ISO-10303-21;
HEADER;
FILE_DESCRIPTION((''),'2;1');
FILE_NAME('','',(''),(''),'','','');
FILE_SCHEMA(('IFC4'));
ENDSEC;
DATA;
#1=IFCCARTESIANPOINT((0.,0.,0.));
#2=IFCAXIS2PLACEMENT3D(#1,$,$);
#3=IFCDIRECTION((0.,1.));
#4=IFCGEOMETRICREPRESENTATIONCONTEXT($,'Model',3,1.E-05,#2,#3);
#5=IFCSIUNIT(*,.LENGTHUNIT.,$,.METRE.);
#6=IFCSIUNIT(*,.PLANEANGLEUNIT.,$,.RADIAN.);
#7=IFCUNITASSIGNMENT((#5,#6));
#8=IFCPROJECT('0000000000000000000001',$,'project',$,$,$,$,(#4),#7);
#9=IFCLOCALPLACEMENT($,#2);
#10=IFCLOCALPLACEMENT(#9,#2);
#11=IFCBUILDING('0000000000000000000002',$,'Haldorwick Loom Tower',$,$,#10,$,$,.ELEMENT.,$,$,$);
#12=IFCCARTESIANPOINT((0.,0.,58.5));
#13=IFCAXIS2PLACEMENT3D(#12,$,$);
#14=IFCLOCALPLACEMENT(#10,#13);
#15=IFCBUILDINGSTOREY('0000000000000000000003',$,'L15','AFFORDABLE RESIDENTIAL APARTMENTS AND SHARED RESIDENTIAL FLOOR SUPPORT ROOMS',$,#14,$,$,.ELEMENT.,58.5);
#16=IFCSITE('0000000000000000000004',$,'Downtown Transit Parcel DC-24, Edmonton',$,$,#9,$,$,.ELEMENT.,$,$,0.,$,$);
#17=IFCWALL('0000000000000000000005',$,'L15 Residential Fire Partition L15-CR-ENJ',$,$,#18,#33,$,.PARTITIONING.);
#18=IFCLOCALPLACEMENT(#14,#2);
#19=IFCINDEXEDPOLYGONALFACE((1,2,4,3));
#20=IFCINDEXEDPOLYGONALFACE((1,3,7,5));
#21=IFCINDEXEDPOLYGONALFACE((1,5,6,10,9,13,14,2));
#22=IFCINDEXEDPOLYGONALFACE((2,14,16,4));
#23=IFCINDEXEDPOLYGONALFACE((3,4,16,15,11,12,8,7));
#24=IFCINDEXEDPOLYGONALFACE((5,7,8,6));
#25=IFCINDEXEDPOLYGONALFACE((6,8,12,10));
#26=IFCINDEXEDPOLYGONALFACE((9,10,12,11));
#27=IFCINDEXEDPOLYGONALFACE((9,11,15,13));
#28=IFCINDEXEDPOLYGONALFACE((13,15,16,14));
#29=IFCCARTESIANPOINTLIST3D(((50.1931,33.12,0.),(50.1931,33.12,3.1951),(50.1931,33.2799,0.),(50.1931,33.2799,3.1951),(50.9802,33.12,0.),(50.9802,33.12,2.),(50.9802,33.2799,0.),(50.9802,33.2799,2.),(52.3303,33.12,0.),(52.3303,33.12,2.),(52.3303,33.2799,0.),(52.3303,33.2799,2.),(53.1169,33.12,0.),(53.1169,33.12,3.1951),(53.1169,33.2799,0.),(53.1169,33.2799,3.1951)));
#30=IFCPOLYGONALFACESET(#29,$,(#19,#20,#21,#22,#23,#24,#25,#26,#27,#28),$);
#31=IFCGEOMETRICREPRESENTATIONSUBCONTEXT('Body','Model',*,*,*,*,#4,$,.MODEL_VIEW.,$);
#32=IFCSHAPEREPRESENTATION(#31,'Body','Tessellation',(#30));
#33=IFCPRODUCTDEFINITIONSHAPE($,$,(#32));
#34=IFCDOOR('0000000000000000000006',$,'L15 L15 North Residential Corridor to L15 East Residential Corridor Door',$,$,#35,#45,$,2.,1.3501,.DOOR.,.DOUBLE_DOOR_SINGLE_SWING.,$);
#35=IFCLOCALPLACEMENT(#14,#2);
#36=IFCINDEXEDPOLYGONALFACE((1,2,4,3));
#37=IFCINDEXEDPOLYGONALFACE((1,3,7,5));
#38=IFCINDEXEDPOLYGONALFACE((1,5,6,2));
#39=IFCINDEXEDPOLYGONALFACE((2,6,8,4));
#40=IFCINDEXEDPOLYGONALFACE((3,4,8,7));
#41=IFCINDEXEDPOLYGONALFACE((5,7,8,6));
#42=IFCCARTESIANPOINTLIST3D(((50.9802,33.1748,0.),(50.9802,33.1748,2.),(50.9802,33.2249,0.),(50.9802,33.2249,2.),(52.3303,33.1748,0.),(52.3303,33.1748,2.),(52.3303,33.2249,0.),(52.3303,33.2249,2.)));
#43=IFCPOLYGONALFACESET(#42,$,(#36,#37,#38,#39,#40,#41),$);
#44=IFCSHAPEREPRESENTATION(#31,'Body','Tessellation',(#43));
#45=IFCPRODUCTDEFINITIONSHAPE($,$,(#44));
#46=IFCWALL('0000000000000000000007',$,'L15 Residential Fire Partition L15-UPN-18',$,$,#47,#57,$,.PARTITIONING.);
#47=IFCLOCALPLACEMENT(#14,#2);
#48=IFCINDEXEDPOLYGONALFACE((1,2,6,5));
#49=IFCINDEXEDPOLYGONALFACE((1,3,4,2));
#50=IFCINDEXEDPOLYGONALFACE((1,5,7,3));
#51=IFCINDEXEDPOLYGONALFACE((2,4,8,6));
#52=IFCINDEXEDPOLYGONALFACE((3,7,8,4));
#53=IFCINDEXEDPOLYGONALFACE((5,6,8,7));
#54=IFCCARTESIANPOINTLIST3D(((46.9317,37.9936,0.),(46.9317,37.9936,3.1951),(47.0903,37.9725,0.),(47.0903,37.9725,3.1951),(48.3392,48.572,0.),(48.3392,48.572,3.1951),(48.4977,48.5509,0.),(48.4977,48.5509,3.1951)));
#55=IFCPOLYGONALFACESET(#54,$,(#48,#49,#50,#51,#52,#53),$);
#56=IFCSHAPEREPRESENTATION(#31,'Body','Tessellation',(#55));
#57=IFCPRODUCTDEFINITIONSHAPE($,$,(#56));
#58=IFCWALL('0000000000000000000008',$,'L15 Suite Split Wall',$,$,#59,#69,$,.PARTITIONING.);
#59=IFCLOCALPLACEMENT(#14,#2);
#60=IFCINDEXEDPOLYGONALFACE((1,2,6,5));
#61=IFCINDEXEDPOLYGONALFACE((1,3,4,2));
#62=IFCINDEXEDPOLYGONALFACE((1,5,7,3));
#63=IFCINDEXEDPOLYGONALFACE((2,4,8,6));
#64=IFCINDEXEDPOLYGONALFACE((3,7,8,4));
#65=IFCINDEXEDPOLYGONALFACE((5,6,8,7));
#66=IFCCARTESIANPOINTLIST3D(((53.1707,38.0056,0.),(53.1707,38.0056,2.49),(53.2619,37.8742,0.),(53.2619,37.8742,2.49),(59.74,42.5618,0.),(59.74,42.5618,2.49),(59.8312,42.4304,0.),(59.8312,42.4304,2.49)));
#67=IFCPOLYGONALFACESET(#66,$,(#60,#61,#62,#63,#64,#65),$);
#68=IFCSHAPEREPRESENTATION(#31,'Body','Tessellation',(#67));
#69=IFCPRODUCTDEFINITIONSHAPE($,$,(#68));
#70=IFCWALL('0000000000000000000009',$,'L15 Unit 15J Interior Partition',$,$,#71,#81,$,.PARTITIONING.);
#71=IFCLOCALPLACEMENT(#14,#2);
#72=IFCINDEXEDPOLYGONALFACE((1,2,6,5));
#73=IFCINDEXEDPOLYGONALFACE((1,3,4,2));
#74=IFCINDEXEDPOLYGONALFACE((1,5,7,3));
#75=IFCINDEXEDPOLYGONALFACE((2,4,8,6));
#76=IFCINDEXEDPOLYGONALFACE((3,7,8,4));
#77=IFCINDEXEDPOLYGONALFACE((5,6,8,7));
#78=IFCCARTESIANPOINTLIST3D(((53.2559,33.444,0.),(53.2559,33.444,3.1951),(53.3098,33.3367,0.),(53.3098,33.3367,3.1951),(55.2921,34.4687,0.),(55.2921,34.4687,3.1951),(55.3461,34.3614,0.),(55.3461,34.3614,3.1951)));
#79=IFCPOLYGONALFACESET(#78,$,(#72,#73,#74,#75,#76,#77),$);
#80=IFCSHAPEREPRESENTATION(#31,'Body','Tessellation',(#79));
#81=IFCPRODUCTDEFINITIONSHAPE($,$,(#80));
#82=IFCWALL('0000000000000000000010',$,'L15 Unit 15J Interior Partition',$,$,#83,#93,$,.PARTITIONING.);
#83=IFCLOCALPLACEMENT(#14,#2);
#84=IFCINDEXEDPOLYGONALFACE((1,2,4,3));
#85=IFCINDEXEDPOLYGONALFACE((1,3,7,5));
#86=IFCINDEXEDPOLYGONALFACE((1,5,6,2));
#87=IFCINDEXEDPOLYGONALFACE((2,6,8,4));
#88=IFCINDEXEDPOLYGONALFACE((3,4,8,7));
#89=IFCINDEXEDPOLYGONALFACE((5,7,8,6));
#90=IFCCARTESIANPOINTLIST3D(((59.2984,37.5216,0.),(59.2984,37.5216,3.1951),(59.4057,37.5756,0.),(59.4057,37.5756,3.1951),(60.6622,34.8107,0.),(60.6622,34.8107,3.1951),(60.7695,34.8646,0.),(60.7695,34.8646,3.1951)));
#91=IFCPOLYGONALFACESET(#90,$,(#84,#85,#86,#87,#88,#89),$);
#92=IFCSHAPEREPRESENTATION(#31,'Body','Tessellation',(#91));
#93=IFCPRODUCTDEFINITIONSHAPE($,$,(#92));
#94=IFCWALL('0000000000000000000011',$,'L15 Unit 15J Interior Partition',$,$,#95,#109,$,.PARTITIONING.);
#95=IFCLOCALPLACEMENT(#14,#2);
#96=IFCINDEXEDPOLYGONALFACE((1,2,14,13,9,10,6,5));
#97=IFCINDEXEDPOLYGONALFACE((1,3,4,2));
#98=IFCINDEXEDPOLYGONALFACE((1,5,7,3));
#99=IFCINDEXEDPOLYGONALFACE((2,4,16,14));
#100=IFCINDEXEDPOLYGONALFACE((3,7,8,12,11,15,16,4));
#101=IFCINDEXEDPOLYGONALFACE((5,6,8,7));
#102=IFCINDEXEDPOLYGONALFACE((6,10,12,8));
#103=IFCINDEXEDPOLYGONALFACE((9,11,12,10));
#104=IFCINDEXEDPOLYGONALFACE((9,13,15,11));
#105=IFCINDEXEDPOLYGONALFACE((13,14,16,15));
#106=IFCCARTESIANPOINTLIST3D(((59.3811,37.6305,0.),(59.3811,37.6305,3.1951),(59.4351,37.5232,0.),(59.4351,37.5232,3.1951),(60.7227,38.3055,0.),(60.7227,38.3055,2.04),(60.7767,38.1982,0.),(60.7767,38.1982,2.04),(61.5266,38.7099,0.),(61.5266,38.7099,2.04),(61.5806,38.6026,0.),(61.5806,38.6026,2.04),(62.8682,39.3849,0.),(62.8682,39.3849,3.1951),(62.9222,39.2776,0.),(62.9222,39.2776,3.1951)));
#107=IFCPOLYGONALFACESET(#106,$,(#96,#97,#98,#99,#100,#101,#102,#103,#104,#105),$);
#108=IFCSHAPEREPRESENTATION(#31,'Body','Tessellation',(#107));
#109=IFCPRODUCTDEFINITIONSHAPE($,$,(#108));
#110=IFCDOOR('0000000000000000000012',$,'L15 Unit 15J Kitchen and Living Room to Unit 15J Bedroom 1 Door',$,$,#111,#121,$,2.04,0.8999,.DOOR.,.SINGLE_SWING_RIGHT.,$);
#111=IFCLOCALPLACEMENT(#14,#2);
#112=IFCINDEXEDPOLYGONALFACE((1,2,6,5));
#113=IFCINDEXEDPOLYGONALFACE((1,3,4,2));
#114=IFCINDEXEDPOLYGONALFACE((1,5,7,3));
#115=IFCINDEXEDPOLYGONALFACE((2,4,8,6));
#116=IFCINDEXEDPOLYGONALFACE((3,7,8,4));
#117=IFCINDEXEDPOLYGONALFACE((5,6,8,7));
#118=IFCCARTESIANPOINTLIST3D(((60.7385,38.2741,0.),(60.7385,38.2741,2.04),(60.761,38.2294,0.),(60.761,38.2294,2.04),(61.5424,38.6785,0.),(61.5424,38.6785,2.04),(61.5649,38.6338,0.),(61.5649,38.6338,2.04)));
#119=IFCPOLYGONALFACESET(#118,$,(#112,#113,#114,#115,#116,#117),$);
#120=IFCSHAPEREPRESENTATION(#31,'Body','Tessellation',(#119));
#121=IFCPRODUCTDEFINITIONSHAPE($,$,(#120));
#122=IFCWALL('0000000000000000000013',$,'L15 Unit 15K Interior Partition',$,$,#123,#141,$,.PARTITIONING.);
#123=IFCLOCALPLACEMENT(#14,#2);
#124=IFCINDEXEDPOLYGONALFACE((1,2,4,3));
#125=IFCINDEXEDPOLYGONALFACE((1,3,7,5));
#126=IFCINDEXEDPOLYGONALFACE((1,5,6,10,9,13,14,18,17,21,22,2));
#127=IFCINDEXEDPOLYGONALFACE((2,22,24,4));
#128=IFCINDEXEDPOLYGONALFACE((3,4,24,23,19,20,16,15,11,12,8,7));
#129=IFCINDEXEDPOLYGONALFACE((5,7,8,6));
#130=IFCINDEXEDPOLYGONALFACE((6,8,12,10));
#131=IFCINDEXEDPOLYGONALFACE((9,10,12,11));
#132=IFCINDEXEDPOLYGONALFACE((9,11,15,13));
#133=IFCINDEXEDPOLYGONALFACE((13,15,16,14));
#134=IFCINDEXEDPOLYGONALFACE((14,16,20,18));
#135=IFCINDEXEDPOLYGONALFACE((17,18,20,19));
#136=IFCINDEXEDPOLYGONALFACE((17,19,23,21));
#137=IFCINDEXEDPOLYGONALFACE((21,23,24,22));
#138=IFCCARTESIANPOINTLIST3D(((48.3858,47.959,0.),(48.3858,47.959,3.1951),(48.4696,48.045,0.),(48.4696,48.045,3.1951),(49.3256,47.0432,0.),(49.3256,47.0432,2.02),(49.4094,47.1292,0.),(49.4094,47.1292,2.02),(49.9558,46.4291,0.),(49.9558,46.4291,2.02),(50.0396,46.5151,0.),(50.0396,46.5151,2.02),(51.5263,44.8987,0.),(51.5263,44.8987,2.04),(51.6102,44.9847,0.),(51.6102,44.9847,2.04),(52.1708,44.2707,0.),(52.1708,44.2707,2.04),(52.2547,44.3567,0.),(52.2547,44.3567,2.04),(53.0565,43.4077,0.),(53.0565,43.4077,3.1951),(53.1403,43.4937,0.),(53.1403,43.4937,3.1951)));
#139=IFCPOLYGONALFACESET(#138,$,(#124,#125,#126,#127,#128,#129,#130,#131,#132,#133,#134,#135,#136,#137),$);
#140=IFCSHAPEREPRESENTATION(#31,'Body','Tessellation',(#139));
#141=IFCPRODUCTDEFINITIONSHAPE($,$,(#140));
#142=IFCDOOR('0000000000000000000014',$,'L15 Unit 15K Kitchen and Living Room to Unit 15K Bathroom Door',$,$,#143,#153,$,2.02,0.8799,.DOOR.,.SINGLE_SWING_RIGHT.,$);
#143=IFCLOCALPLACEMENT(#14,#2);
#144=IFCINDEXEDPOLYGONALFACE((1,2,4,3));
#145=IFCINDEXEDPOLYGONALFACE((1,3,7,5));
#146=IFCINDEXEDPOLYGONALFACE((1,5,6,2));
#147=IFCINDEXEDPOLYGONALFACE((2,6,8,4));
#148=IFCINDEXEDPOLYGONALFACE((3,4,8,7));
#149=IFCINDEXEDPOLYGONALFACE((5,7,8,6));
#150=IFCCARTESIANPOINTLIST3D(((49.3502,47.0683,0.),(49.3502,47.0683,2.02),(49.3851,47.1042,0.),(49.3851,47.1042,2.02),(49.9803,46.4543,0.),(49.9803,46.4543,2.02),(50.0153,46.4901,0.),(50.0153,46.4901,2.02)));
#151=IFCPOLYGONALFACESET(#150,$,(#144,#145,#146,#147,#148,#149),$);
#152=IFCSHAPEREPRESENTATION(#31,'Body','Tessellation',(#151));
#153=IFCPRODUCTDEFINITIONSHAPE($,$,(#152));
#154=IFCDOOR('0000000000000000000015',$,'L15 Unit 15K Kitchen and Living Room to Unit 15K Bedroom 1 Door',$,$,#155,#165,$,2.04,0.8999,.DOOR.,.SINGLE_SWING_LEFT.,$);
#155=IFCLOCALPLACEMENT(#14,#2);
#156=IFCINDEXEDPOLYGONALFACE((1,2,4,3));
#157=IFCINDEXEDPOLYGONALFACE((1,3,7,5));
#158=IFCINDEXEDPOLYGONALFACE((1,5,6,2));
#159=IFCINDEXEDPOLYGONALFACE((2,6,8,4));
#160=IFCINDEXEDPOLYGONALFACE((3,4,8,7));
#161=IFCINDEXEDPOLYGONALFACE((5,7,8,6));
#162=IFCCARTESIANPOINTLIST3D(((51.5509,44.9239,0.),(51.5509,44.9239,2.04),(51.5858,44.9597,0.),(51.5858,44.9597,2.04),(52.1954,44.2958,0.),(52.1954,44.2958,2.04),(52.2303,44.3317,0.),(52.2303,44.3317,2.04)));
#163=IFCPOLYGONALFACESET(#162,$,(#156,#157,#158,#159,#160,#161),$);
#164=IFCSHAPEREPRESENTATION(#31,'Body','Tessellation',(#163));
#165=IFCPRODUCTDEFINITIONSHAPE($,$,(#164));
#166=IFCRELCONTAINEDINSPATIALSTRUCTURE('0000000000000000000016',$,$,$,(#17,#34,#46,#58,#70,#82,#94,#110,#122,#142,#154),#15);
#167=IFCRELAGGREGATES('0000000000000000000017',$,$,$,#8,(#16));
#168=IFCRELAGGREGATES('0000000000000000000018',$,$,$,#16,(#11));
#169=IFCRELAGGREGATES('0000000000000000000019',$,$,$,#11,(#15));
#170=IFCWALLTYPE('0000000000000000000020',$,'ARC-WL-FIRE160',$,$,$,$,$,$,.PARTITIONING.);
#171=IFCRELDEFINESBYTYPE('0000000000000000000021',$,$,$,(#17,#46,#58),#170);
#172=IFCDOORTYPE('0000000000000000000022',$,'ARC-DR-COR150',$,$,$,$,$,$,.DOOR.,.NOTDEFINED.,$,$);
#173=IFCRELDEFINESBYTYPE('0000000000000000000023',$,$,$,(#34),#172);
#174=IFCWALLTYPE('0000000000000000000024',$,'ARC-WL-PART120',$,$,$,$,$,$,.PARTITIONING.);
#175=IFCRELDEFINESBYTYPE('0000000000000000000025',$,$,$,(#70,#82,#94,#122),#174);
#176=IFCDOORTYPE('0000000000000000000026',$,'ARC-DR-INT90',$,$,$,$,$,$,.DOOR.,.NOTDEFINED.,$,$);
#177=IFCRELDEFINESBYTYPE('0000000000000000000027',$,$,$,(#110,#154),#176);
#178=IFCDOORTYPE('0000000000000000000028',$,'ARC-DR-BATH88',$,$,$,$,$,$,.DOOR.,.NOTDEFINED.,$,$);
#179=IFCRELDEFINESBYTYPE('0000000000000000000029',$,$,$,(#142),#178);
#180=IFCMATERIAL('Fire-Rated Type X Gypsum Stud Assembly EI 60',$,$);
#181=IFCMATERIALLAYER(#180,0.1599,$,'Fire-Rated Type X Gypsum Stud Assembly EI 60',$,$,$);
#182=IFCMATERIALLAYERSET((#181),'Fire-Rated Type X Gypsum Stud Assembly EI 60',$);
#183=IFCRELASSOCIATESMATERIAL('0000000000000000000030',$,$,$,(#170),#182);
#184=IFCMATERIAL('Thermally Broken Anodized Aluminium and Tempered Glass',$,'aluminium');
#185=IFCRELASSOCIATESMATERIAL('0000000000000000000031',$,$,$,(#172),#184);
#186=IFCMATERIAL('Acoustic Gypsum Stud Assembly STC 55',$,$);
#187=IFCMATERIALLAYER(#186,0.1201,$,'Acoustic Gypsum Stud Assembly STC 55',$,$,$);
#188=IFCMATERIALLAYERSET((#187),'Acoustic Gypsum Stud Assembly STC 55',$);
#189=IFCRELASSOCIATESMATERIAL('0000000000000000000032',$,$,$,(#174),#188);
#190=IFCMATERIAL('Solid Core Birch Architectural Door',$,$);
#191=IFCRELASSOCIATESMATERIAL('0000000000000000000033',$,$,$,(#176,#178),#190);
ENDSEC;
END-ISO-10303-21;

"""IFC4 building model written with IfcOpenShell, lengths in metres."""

from ifc_helpers import new_model, si_unit, direction, frame, frame_2d, origin, place, context, subcontext, project, spatial, rectangle, extrude, material, layer, layer_set, type_object, element, fill, save


model = new_model("IFC4")

# Units and contexts
model_context = context("Model", 3, precision=1e-05, world=origin(), true_north=direction((0.0, 1.0)))
body_context = subcontext(model_context, "Body", "Model", "MODEL_VIEW")
ifc_project = project(units=[si_unit("LENGTHUNIT", "METRE"), si_unit("PLANEANGLEUNIT", "RADIAN")], contexts=[model_context])

# Site, building, storey
site_placement = place(None, origin())
site = spatial("IfcSite", under=ifc_project, at=site_placement, Name="Downtown Transit Parcel DC-24, Edmonton", CompositionType="ELEMENT", RefElevation=0.0)
building_placement = place(site_placement, origin())
building = spatial("IfcBuilding", under=site, at=building_placement, Name="Haldorwick Loom Tower", CompositionType="ELEMENT")
storey_placement = place(building_placement, frame((0.0, 0.0, 58.5)))
storey = spatial("IfcBuildingStorey", under=building, at=storey_placement, Name="L15", Description="AFFORDABLE RESIDENTIAL APARTMENTS AND SHARED RESIDENTIAL FLOOR SUPPORT ROOMS", CompositionType="ELEMENT", Elevation=58.5)

# Wall, opening, door
ifc_material_1 = material(Name="Fire-Rated Type X Gypsum Stud Assembly EI 60")
ifc_layer_1 = layer(ifc_material_1, 0.1599, Name="Fire-Rated Type X Gypsum Stud Assembly EI 60")
ifc_layer_set_1 = layer_set([ifc_layer_1], Name="Fire-Rated Type X Gypsum Stud Assembly EI 60")
wall_type_1 = type_object("IfcWallType", Name="ARC-WL-FIRE160", PredefinedType="PARTITIONING", material=ifc_layer_set_1)
wall_1_placement = place(storey_placement, frame((50.1931, 33.2, 0.0), z_axis=(0.0, 0.0, 1.0), x_axis=(1.0, 0.0, 0.0)))
wall_1 = element("IfcWall", 1, at=wall_1_placement, inside=storey, type_object=wall_type_1, Name="L15 Residential Fire Partition L15-CR-ENJ", PredefinedType="PARTITIONING", context=body_context, shape_type="SweptSolid", body=[
    extrude(rectangle(XDim=2.9238, YDim=0.1599, at=frame_2d((1.4619, 0.0))), origin(), (0.0, 0.0, 1.0), 3.1951),
])
opening_1_placement = place(wall_1_placement, frame((0.7871, 0.0, 0.0)))
opening_1 = element("IfcOpeningElement", 2, at=opening_1_placement, cuts=wall_1, PredefinedType="OPENING", context=body_context, shape_type="SweptSolid", body=[
    extrude(rectangle(XDim=1.3501, YDim=2.0, at=frame_2d((0.675, 1.0))), frame((0.0, 0.0898, 0.0), z_axis=(0.0, -1.0, 0.0), x_axis=(1.0, 0.0, 0.0)), (0.0, 0.0, 1.0), 0.1799),
])
ifc_material_2 = material(Name="Thermally Broken Anodized Aluminium and Tempered Glass", Category="aluminium")
door_type_1 = type_object("IfcDoorType", Name="ARC-DR-COR150", OperationType="NOTDEFINED", PredefinedType="DOOR", material=ifc_material_2)
door_1_placement = place(opening_1_placement, origin())
door_1 = element("IfcDoor", 3, at=door_1_placement, inside=storey, type_object=door_type_1, Name="L15 L15 North Residential Corridor to L15 East Residential Corridor Door", OperationType="DOUBLE_DOOR_SINGLE_SWING", OverallHeight=2.0, OverallWidth=1.3501, PredefinedType="DOOR", context=body_context, shape_type="SweptSolid", body=[
    extrude(rectangle(XDim=1.3501, YDim=2.0, at=frame_2d((0.675, 1.0))), frame((0.0, 0.0249, 0.0), z_axis=(0.0, -1.0, 0.0), x_axis=(1.0, 0.0, 0.0)), (0.0, 0.0, 1.0), 0.05),
])
fill(opening_1, door_1)

# Walls
wall_2_placement = place(storey_placement, frame((47.011, 37.9829, 0.0), z_axis=(0.0, 0.0, 1.0), x_axis=(0.131889, 0.991264, 0.0)))
element("IfcWall", 4, at=wall_2_placement, inside=storey, type_object=wall_type_1, Name="L15 Residential Fire Partition L15-UPN-18", PredefinedType="PARTITIONING", context=body_context, shape_type="SweptSolid", body=[
    extrude(rectangle(XDim=10.6716, YDim=0.1599, at=frame_2d((5.3359, 0.0))), origin(), (0.0, 0.0, 1.0), 3.1951),
])
wall_3_placement = place(storey_placement, frame((53.2163, 37.9399, 0.0), z_axis=(0.0, 0.0, 1.0), x_axis=(0.821715, 0.569899, 0.0)))
element("IfcWall", 5, at=wall_3_placement, inside=storey, type_object=wall_type_1, Name="L15 Suite Split Wall", PredefinedType="PARTITIONING", context=body_context, shape_type="SweptSolid", body=[
    extrude(rectangle(XDim=7.9946, YDim=0.1599, at=frame_2d((3.9973, 0.0))), origin(), (0.0, 0.0, 1.0), 2.49),
])
ifc_material_3 = material(Name="Acoustic Gypsum Stud Assembly STC 55")
ifc_layer_2 = layer(ifc_material_3, 0.1201, Name="Acoustic Gypsum Stud Assembly STC 55")
ifc_layer_set_2 = layer_set([ifc_layer_2], Name="Acoustic Gypsum Stud Assembly STC 55")
wall_type_2 = type_object("IfcWallType", Name="ARC-WL-PART120", PredefinedType="PARTITIONING", material=ifc_layer_set_2)
wall_4_placement = place(storey_placement, frame((53.283, 33.3904, 0.0), z_axis=(0.0, 0.0, 1.0), x_axis=(0.893267, 0.449526, 0.0)))
element("IfcWall", 6, at=wall_4_placement, inside=storey, type_object=wall_type_2, Name="L15 Unit 15J Interior Partition", PredefinedType="PARTITIONING", context=body_context, shape_type="SweptSolid", body=[
    extrude(rectangle(XDim=2.2795, YDim=0.1201, at=frame_2d((1.1396, 0.0))), origin(), (0.0, 0.0, 1.0), 3.1951),
])
wall_5_placement = place(storey_placement, frame((60.7158, 34.8376, 0.0), z_axis=(0.0, 0.0, 1.0), x_axis=(-0.449401, 0.89333, 0.0)))
element("IfcWall", 7, at=wall_5_placement, inside=storey, type_object=wall_type_2, Name="L15 Unit 15J Interior Partition", PredefinedType="PARTITIONING", context=body_context, shape_type="SweptSolid", body=[
    extrude(rectangle(XDim=3.0347, YDim=0.1201, at=frame_2d((1.5173, 0.0))), origin(), (0.0, 0.0, 1.0), 3.1951),
])

# Wall, opening, door
wall_6_placement = place(storey_placement, frame((59.4082, 37.5769, 0.0), z_axis=(0.0, 0.0, 1.0), x_axis=(0.893311, 0.449439, 0.0)))
wall_6 = element("IfcWall", 8, at=wall_6_placement, inside=storey, type_object=wall_type_2, Name="L15 Unit 15J Interior Partition", PredefinedType="PARTITIONING", context=body_context, shape_type="SweptSolid", body=[
    extrude(rectangle(XDim=3.9036, YDim=0.1201, at=frame_2d((1.9517, 0.0))), origin(), (0.0, 0.0, 1.0), 3.1951),
])
opening_2_placement = place(wall_6_placement, frame((1.5017, 0.0, 0.0)))
opening_2 = element("IfcOpeningElement", 9, at=opening_2_placement, cuts=wall_6, PredefinedType="OPENING", context=body_context, shape_type="SweptSolid", body=[
    extrude(rectangle(XDim=0.8999, YDim=2.04, at=frame_2d((0.45, 1.02))), frame((0.0, 0.0701, 0.0), z_axis=(0.0, -1.0, 0.0), x_axis=(1.0, 0.0, 0.0)), (0.0, 0.0, 1.0), 0.1401),
])
ifc_material_4 = material(Name="Solid Core Birch Architectural Door")
door_type_2 = type_object("IfcDoorType", Name="ARC-DR-INT90", OperationType="NOTDEFINED", PredefinedType="DOOR", material=ifc_material_4)
door_2_placement = place(opening_2_placement, origin())
door_2 = element("IfcDoor", 10, at=door_2_placement, inside=storey, type_object=door_type_2, Name="L15 Unit 15J Kitchen and Living Room to Unit 15J Bedroom 1 Door", OperationType="SINGLE_SWING_RIGHT", OverallHeight=2.04, OverallWidth=0.8999, PredefinedType="DOOR", context=body_context, shape_type="SweptSolid", body=[
    extrude(rectangle(XDim=0.8999, YDim=2.04, at=frame_2d((0.45, 1.02))), frame((0.0, 0.0249, 0.0), z_axis=(0.0, -1.0, 0.0), x_axis=(1.0, 0.0, 0.0)), (0.0, 0.0, 1.0), 0.05),
])
fill(opening_2, door_2)

# Wall, openings, doors
wall_7_placement = place(storey_placement, frame((53.0984, 43.4507, 0.0), z_axis=(0.0, 0.0, 1.0), x_axis=(-0.716201, 0.697894, 0.0)))
wall_7 = element("IfcWall", 11, at=wall_7_placement, inside=storey, type_object=wall_type_2, Name="L15 Unit 15K Interior Partition", PredefinedType="PARTITIONING", context=body_context, shape_type="SweptSolid", body=[
    extrude(rectangle(XDim=6.5215, YDim=0.1201, at=frame_2d((3.2607, 0.0))), origin(), (0.0, 0.0, 1.0), 3.1951),
])
opening_3_placement = place(wall_7_placement, frame((1.2366, 0.0, 0.0)))
opening_3 = element("IfcOpeningElement", 12, at=opening_3_placement, cuts=wall_7, PredefinedType="OPENING", context=body_context, shape_type="SweptSolid", body=[
    extrude(rectangle(XDim=0.8999, YDim=2.04, at=frame_2d((0.45, 1.02))), frame((0.0, 0.0701, 0.0), z_axis=(0.0, -1.0, 0.0), x_axis=(1.0, 0.0, 0.0)), (0.0, 0.0, 1.0), 0.1401),
])
opening_4_placement = place(wall_7_placement, frame((4.3293, 0.0, 0.0)))
opening_4 = element("IfcOpeningElement", 13, at=opening_4_placement, cuts=wall_7, PredefinedType="OPENING", context=body_context, shape_type="SweptSolid", body=[
    extrude(rectangle(XDim=0.8799, YDim=2.02, at=frame_2d((0.4399, 1.01))), frame((0.0, 0.0701, 0.0), z_axis=(0.0, -1.0, 0.0), x_axis=(1.0, 0.0, 0.0)), (0.0, 0.0, 1.0), 0.1401),
])
door_type_3 = type_object("IfcDoorType", Name="ARC-DR-BATH88", OperationType="NOTDEFINED", PredefinedType="DOOR", material=ifc_material_4)
door_3_placement = place(opening_4_placement, origin())
door_3 = element("IfcDoor", 14, at=door_3_placement, inside=storey, type_object=door_type_3, Name="L15 Unit 15K Kitchen and Living Room to Unit 15K Bathroom Door", OperationType="SINGLE_SWING_RIGHT", OverallHeight=2.02, OverallWidth=0.8799, PredefinedType="DOOR", context=body_context, shape_type="SweptSolid", body=[
    extrude(rectangle(XDim=0.8799, YDim=2.02, at=frame_2d((0.4399, 1.01))), frame((0.0, 0.0249, 0.0), z_axis=(0.0, -1.0, 0.0), x_axis=(1.0, 0.0, 0.0)), (0.0, 0.0, 1.0), 0.05),
])
fill(opening_4, door_3)
door_4_placement = place(opening_3_placement, origin())
door_4 = element("IfcDoor", 15, at=door_4_placement, inside=storey, type_object=door_type_2, Name="L15 Unit 15K Kitchen and Living Room to Unit 15K Bedroom 1 Door", OperationType="SINGLE_SWING_LEFT", OverallHeight=2.04, OverallWidth=0.8999, PredefinedType="DOOR", context=body_context, shape_type="SweptSolid", body=[
    extrude(rectangle(XDim=0.8999, YDim=2.04, at=frame_2d((0.45, 1.02))), frame((0.0, 0.0249, 0.0), z_axis=(0.0, -1.0, 0.0), x_axis=(1.0, 0.0, 0.0)), (0.0, 0.0, 1.0), 0.05),
])
fill(opening_3, door_4)

save(model, "model.ifc")
